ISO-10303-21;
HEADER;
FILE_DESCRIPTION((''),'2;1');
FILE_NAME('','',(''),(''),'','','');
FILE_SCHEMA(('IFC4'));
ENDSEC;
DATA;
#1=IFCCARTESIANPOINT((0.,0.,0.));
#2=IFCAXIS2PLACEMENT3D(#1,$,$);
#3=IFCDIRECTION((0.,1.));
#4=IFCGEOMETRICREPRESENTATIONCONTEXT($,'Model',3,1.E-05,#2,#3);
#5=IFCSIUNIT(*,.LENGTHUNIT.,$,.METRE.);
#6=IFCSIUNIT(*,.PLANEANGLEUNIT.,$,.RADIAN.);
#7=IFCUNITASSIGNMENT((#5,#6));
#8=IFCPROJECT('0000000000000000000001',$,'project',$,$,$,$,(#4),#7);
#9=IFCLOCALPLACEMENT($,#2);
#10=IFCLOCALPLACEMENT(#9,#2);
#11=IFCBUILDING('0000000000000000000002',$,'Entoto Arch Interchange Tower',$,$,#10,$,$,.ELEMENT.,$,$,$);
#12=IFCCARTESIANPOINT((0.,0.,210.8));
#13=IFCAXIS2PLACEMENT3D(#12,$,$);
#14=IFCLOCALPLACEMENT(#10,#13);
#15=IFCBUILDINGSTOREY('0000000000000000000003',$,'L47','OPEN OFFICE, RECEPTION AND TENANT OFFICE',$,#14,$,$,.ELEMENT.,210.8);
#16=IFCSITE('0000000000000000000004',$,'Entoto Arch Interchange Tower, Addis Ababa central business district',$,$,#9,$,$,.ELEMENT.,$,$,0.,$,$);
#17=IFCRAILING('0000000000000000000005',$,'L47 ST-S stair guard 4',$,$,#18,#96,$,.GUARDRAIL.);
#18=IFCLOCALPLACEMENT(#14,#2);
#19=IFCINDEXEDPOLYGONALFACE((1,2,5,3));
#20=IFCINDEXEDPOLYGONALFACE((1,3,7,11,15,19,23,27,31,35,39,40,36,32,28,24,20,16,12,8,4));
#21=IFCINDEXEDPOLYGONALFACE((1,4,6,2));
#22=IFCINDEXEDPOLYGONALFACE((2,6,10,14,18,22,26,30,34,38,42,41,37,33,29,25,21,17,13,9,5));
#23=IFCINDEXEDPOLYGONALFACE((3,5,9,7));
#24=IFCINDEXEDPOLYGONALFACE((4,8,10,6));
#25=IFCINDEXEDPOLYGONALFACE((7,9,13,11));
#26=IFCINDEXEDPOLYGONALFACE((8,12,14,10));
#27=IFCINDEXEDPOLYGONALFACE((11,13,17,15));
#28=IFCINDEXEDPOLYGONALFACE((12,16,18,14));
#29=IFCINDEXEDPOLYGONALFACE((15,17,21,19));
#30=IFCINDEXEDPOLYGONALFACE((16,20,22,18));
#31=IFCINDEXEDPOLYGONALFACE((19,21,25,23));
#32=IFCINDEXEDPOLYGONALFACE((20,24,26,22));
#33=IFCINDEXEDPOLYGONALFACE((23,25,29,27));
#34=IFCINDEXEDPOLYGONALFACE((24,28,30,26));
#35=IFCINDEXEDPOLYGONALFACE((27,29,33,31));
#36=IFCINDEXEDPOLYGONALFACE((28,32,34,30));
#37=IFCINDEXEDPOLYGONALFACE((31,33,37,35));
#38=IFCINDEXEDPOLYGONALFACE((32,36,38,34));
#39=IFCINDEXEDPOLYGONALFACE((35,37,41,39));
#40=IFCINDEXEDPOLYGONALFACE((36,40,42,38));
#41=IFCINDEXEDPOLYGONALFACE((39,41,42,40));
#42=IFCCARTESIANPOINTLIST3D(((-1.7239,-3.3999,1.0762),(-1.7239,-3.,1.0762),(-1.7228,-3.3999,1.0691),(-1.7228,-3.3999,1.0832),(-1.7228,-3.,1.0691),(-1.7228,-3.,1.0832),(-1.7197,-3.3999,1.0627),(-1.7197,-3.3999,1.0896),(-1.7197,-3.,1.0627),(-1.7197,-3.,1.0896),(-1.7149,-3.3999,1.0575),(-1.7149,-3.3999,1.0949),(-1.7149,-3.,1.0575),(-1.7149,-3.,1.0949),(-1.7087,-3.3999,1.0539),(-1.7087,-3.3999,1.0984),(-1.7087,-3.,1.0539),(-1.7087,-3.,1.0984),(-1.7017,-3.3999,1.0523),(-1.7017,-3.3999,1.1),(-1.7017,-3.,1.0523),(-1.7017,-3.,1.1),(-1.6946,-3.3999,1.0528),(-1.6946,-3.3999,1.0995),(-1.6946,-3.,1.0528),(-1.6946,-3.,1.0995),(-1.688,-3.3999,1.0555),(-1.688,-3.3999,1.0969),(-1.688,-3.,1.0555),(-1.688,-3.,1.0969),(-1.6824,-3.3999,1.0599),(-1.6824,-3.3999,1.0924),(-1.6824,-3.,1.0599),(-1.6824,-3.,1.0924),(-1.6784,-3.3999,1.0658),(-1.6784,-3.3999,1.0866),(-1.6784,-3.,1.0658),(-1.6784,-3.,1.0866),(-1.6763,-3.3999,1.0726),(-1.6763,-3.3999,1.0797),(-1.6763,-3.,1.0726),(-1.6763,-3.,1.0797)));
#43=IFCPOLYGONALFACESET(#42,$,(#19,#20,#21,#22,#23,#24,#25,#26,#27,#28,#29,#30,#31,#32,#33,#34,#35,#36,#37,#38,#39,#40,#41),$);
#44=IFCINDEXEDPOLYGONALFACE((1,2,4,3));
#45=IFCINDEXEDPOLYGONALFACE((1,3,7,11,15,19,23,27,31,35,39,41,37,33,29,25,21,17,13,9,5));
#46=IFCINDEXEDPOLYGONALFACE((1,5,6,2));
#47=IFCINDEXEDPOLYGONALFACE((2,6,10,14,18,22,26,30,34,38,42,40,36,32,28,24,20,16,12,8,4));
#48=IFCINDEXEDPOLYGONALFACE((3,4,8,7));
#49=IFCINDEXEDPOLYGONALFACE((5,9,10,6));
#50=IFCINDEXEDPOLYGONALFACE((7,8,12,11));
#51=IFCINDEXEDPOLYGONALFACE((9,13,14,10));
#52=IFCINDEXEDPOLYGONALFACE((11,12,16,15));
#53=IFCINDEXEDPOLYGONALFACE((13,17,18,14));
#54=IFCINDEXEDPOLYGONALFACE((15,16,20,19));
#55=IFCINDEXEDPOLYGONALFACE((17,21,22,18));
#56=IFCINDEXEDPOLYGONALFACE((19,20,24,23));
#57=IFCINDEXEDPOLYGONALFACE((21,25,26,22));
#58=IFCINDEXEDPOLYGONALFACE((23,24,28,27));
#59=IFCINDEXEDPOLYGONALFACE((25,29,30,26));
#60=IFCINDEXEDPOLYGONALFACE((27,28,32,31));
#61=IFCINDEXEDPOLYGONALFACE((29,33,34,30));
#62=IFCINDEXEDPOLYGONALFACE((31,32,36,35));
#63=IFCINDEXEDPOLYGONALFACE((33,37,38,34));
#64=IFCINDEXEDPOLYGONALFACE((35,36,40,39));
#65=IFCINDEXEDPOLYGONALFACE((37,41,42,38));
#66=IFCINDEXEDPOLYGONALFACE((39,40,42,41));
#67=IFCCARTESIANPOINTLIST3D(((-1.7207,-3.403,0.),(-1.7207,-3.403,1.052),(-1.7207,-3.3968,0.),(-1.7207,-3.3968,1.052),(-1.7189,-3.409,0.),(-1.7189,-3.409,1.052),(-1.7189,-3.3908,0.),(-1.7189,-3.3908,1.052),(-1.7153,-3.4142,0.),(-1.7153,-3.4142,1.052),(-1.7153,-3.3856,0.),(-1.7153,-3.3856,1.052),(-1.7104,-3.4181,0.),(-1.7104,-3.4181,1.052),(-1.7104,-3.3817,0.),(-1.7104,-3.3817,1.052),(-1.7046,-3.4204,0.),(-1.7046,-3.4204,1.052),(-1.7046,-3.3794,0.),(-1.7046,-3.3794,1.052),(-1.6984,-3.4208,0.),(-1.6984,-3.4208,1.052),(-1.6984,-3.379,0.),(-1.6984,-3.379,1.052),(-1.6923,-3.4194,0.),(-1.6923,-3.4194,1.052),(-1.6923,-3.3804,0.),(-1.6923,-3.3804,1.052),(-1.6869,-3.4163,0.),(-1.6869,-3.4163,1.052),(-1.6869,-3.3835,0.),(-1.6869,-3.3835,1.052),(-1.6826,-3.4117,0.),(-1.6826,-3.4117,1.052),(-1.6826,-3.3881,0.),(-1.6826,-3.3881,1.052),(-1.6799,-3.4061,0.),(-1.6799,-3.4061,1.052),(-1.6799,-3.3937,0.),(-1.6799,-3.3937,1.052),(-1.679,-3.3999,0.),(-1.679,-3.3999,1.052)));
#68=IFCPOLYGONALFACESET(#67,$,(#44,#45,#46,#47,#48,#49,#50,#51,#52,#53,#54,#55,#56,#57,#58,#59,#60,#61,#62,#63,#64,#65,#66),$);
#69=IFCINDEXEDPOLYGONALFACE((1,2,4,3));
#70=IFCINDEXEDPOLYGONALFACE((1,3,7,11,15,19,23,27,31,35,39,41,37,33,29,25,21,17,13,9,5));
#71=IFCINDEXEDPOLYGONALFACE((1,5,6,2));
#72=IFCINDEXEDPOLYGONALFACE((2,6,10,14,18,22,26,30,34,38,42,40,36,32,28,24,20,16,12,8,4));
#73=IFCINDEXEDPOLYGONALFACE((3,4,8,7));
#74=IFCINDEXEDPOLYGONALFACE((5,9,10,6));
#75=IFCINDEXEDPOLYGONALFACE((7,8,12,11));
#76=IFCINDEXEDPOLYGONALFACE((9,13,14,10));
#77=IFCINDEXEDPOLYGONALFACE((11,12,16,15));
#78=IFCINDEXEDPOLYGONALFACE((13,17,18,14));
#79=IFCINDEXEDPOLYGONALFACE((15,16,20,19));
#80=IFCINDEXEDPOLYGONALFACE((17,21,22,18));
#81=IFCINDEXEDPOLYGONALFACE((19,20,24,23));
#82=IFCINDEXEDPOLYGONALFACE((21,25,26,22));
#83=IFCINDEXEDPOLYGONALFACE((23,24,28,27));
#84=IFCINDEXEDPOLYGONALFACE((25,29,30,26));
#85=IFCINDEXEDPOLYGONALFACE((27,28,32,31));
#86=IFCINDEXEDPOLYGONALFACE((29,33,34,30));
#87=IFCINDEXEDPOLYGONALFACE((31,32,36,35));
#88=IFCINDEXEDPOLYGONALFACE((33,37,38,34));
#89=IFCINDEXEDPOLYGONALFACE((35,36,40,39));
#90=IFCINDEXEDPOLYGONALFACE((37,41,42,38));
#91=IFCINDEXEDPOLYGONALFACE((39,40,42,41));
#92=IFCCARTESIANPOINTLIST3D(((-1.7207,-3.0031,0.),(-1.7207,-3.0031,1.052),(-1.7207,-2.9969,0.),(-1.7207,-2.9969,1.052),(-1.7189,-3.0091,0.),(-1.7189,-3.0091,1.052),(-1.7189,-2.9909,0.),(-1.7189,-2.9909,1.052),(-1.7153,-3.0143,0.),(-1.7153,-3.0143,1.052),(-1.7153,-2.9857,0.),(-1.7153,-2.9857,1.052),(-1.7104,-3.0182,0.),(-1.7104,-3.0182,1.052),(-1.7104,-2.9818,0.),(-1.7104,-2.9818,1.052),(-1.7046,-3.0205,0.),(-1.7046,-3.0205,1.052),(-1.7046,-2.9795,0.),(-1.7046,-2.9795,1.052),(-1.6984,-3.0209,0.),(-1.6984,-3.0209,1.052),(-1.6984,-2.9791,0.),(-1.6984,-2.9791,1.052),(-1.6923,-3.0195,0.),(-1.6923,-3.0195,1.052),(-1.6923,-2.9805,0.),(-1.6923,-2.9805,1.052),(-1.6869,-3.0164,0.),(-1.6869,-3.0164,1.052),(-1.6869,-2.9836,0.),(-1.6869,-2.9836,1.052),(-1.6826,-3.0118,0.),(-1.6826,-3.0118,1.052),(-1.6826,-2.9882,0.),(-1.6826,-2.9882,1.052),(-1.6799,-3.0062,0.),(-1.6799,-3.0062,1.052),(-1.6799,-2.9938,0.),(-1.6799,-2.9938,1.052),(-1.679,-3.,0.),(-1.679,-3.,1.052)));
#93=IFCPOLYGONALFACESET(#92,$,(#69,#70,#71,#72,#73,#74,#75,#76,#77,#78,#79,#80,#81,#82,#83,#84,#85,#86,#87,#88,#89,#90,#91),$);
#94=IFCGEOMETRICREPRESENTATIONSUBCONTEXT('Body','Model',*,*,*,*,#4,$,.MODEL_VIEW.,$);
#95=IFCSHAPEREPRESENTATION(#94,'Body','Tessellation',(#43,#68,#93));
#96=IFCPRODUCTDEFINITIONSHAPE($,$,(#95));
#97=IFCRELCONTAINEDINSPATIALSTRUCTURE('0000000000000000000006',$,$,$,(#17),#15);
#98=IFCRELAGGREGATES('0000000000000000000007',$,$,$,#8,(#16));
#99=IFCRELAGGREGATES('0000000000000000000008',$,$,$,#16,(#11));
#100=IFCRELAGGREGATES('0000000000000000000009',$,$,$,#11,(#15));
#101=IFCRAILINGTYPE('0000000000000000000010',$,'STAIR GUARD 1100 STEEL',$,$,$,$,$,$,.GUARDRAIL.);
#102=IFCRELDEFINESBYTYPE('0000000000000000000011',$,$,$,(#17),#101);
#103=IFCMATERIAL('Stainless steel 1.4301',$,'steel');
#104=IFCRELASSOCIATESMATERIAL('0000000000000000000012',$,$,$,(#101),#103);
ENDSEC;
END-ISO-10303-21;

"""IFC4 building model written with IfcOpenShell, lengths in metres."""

from ifc_helpers import new_model, si_unit, direction, frame, origin, origin_2d, place, context, subcontext, project, spatial, circle, extrude, material, type_object, element, save


model = new_model("IFC4")

# Units and contexts
model_context = context("Model", 3, precision=1e-05, world=origin(), true_north=direction((0.0, 1.0)))
body_context = subcontext(model_context, "Body", "Model", "MODEL_VIEW")
ifc_project = project(units=[si_unit("LENGTHUNIT", "METRE"), si_unit("PLANEANGLEUNIT", "RADIAN")], contexts=[model_context])

# Site, building, storey
site_placement = place(None, origin())
site = spatial("IfcSite", under=ifc_project, at=site_placement, Name="Entoto Arch Interchange Tower, Addis Ababa central business district", CompositionType="ELEMENT", RefElevation=0.0)
building_placement = place(site_placement, origin())
building = spatial("IfcBuilding", under=site, at=building_placement, Name="Entoto Arch Interchange Tower", CompositionType="ELEMENT")
storey_placement = place(building_placement, frame((0.0, 0.0, 210.8)))
storey = spatial("IfcBuildingStorey", under=building, at=storey_placement, Name="L47", Description="OPEN OFFICE, RECEPTION AND TENANT OFFICE", CompositionType="ELEMENT", Elevation=210.8)

# Railing
ifc_material_1 = material(Name="Stainless steel 1.4301", Category="steel")
railing_type_1 = type_object("IfcRailingType", Name="STAIR GUARD 1100 STEEL", PredefinedType="GUARDRAIL", material=ifc_material_1)
railing_1_placement = place(storey_placement, frame((-1.7, -3.3999, 0.0)))
element("IfcRailing", 1, at=railing_1_placement, inside=storey, type_object=railing_type_1, Name="L47 ST-S stair guard 4", PredefinedType="GUARDRAIL", context=body_context, shape_type="SweptSolid", body=[
    extrude(circle(Radius=0.0239, at=origin_2d()), frame((0.0, 0.0, 1.0762), z_axis=(0.0, 1.0, 0.0), x_axis=(-1.0, 0.0, 0.0)), (0.0, 0.0, 1.0), 0.3999),
    extrude(circle(Radius=0.021, at=origin_2d()), origin(), (0.0, 0.0, 1.0), 1.052),
    extrude(circle(Radius=0.021, at=origin_2d()), frame((0.0, 0.3999, 0.0)), (0.0, 0.0, 1.0), 1.052),
])

save(model, "model.ifc")
